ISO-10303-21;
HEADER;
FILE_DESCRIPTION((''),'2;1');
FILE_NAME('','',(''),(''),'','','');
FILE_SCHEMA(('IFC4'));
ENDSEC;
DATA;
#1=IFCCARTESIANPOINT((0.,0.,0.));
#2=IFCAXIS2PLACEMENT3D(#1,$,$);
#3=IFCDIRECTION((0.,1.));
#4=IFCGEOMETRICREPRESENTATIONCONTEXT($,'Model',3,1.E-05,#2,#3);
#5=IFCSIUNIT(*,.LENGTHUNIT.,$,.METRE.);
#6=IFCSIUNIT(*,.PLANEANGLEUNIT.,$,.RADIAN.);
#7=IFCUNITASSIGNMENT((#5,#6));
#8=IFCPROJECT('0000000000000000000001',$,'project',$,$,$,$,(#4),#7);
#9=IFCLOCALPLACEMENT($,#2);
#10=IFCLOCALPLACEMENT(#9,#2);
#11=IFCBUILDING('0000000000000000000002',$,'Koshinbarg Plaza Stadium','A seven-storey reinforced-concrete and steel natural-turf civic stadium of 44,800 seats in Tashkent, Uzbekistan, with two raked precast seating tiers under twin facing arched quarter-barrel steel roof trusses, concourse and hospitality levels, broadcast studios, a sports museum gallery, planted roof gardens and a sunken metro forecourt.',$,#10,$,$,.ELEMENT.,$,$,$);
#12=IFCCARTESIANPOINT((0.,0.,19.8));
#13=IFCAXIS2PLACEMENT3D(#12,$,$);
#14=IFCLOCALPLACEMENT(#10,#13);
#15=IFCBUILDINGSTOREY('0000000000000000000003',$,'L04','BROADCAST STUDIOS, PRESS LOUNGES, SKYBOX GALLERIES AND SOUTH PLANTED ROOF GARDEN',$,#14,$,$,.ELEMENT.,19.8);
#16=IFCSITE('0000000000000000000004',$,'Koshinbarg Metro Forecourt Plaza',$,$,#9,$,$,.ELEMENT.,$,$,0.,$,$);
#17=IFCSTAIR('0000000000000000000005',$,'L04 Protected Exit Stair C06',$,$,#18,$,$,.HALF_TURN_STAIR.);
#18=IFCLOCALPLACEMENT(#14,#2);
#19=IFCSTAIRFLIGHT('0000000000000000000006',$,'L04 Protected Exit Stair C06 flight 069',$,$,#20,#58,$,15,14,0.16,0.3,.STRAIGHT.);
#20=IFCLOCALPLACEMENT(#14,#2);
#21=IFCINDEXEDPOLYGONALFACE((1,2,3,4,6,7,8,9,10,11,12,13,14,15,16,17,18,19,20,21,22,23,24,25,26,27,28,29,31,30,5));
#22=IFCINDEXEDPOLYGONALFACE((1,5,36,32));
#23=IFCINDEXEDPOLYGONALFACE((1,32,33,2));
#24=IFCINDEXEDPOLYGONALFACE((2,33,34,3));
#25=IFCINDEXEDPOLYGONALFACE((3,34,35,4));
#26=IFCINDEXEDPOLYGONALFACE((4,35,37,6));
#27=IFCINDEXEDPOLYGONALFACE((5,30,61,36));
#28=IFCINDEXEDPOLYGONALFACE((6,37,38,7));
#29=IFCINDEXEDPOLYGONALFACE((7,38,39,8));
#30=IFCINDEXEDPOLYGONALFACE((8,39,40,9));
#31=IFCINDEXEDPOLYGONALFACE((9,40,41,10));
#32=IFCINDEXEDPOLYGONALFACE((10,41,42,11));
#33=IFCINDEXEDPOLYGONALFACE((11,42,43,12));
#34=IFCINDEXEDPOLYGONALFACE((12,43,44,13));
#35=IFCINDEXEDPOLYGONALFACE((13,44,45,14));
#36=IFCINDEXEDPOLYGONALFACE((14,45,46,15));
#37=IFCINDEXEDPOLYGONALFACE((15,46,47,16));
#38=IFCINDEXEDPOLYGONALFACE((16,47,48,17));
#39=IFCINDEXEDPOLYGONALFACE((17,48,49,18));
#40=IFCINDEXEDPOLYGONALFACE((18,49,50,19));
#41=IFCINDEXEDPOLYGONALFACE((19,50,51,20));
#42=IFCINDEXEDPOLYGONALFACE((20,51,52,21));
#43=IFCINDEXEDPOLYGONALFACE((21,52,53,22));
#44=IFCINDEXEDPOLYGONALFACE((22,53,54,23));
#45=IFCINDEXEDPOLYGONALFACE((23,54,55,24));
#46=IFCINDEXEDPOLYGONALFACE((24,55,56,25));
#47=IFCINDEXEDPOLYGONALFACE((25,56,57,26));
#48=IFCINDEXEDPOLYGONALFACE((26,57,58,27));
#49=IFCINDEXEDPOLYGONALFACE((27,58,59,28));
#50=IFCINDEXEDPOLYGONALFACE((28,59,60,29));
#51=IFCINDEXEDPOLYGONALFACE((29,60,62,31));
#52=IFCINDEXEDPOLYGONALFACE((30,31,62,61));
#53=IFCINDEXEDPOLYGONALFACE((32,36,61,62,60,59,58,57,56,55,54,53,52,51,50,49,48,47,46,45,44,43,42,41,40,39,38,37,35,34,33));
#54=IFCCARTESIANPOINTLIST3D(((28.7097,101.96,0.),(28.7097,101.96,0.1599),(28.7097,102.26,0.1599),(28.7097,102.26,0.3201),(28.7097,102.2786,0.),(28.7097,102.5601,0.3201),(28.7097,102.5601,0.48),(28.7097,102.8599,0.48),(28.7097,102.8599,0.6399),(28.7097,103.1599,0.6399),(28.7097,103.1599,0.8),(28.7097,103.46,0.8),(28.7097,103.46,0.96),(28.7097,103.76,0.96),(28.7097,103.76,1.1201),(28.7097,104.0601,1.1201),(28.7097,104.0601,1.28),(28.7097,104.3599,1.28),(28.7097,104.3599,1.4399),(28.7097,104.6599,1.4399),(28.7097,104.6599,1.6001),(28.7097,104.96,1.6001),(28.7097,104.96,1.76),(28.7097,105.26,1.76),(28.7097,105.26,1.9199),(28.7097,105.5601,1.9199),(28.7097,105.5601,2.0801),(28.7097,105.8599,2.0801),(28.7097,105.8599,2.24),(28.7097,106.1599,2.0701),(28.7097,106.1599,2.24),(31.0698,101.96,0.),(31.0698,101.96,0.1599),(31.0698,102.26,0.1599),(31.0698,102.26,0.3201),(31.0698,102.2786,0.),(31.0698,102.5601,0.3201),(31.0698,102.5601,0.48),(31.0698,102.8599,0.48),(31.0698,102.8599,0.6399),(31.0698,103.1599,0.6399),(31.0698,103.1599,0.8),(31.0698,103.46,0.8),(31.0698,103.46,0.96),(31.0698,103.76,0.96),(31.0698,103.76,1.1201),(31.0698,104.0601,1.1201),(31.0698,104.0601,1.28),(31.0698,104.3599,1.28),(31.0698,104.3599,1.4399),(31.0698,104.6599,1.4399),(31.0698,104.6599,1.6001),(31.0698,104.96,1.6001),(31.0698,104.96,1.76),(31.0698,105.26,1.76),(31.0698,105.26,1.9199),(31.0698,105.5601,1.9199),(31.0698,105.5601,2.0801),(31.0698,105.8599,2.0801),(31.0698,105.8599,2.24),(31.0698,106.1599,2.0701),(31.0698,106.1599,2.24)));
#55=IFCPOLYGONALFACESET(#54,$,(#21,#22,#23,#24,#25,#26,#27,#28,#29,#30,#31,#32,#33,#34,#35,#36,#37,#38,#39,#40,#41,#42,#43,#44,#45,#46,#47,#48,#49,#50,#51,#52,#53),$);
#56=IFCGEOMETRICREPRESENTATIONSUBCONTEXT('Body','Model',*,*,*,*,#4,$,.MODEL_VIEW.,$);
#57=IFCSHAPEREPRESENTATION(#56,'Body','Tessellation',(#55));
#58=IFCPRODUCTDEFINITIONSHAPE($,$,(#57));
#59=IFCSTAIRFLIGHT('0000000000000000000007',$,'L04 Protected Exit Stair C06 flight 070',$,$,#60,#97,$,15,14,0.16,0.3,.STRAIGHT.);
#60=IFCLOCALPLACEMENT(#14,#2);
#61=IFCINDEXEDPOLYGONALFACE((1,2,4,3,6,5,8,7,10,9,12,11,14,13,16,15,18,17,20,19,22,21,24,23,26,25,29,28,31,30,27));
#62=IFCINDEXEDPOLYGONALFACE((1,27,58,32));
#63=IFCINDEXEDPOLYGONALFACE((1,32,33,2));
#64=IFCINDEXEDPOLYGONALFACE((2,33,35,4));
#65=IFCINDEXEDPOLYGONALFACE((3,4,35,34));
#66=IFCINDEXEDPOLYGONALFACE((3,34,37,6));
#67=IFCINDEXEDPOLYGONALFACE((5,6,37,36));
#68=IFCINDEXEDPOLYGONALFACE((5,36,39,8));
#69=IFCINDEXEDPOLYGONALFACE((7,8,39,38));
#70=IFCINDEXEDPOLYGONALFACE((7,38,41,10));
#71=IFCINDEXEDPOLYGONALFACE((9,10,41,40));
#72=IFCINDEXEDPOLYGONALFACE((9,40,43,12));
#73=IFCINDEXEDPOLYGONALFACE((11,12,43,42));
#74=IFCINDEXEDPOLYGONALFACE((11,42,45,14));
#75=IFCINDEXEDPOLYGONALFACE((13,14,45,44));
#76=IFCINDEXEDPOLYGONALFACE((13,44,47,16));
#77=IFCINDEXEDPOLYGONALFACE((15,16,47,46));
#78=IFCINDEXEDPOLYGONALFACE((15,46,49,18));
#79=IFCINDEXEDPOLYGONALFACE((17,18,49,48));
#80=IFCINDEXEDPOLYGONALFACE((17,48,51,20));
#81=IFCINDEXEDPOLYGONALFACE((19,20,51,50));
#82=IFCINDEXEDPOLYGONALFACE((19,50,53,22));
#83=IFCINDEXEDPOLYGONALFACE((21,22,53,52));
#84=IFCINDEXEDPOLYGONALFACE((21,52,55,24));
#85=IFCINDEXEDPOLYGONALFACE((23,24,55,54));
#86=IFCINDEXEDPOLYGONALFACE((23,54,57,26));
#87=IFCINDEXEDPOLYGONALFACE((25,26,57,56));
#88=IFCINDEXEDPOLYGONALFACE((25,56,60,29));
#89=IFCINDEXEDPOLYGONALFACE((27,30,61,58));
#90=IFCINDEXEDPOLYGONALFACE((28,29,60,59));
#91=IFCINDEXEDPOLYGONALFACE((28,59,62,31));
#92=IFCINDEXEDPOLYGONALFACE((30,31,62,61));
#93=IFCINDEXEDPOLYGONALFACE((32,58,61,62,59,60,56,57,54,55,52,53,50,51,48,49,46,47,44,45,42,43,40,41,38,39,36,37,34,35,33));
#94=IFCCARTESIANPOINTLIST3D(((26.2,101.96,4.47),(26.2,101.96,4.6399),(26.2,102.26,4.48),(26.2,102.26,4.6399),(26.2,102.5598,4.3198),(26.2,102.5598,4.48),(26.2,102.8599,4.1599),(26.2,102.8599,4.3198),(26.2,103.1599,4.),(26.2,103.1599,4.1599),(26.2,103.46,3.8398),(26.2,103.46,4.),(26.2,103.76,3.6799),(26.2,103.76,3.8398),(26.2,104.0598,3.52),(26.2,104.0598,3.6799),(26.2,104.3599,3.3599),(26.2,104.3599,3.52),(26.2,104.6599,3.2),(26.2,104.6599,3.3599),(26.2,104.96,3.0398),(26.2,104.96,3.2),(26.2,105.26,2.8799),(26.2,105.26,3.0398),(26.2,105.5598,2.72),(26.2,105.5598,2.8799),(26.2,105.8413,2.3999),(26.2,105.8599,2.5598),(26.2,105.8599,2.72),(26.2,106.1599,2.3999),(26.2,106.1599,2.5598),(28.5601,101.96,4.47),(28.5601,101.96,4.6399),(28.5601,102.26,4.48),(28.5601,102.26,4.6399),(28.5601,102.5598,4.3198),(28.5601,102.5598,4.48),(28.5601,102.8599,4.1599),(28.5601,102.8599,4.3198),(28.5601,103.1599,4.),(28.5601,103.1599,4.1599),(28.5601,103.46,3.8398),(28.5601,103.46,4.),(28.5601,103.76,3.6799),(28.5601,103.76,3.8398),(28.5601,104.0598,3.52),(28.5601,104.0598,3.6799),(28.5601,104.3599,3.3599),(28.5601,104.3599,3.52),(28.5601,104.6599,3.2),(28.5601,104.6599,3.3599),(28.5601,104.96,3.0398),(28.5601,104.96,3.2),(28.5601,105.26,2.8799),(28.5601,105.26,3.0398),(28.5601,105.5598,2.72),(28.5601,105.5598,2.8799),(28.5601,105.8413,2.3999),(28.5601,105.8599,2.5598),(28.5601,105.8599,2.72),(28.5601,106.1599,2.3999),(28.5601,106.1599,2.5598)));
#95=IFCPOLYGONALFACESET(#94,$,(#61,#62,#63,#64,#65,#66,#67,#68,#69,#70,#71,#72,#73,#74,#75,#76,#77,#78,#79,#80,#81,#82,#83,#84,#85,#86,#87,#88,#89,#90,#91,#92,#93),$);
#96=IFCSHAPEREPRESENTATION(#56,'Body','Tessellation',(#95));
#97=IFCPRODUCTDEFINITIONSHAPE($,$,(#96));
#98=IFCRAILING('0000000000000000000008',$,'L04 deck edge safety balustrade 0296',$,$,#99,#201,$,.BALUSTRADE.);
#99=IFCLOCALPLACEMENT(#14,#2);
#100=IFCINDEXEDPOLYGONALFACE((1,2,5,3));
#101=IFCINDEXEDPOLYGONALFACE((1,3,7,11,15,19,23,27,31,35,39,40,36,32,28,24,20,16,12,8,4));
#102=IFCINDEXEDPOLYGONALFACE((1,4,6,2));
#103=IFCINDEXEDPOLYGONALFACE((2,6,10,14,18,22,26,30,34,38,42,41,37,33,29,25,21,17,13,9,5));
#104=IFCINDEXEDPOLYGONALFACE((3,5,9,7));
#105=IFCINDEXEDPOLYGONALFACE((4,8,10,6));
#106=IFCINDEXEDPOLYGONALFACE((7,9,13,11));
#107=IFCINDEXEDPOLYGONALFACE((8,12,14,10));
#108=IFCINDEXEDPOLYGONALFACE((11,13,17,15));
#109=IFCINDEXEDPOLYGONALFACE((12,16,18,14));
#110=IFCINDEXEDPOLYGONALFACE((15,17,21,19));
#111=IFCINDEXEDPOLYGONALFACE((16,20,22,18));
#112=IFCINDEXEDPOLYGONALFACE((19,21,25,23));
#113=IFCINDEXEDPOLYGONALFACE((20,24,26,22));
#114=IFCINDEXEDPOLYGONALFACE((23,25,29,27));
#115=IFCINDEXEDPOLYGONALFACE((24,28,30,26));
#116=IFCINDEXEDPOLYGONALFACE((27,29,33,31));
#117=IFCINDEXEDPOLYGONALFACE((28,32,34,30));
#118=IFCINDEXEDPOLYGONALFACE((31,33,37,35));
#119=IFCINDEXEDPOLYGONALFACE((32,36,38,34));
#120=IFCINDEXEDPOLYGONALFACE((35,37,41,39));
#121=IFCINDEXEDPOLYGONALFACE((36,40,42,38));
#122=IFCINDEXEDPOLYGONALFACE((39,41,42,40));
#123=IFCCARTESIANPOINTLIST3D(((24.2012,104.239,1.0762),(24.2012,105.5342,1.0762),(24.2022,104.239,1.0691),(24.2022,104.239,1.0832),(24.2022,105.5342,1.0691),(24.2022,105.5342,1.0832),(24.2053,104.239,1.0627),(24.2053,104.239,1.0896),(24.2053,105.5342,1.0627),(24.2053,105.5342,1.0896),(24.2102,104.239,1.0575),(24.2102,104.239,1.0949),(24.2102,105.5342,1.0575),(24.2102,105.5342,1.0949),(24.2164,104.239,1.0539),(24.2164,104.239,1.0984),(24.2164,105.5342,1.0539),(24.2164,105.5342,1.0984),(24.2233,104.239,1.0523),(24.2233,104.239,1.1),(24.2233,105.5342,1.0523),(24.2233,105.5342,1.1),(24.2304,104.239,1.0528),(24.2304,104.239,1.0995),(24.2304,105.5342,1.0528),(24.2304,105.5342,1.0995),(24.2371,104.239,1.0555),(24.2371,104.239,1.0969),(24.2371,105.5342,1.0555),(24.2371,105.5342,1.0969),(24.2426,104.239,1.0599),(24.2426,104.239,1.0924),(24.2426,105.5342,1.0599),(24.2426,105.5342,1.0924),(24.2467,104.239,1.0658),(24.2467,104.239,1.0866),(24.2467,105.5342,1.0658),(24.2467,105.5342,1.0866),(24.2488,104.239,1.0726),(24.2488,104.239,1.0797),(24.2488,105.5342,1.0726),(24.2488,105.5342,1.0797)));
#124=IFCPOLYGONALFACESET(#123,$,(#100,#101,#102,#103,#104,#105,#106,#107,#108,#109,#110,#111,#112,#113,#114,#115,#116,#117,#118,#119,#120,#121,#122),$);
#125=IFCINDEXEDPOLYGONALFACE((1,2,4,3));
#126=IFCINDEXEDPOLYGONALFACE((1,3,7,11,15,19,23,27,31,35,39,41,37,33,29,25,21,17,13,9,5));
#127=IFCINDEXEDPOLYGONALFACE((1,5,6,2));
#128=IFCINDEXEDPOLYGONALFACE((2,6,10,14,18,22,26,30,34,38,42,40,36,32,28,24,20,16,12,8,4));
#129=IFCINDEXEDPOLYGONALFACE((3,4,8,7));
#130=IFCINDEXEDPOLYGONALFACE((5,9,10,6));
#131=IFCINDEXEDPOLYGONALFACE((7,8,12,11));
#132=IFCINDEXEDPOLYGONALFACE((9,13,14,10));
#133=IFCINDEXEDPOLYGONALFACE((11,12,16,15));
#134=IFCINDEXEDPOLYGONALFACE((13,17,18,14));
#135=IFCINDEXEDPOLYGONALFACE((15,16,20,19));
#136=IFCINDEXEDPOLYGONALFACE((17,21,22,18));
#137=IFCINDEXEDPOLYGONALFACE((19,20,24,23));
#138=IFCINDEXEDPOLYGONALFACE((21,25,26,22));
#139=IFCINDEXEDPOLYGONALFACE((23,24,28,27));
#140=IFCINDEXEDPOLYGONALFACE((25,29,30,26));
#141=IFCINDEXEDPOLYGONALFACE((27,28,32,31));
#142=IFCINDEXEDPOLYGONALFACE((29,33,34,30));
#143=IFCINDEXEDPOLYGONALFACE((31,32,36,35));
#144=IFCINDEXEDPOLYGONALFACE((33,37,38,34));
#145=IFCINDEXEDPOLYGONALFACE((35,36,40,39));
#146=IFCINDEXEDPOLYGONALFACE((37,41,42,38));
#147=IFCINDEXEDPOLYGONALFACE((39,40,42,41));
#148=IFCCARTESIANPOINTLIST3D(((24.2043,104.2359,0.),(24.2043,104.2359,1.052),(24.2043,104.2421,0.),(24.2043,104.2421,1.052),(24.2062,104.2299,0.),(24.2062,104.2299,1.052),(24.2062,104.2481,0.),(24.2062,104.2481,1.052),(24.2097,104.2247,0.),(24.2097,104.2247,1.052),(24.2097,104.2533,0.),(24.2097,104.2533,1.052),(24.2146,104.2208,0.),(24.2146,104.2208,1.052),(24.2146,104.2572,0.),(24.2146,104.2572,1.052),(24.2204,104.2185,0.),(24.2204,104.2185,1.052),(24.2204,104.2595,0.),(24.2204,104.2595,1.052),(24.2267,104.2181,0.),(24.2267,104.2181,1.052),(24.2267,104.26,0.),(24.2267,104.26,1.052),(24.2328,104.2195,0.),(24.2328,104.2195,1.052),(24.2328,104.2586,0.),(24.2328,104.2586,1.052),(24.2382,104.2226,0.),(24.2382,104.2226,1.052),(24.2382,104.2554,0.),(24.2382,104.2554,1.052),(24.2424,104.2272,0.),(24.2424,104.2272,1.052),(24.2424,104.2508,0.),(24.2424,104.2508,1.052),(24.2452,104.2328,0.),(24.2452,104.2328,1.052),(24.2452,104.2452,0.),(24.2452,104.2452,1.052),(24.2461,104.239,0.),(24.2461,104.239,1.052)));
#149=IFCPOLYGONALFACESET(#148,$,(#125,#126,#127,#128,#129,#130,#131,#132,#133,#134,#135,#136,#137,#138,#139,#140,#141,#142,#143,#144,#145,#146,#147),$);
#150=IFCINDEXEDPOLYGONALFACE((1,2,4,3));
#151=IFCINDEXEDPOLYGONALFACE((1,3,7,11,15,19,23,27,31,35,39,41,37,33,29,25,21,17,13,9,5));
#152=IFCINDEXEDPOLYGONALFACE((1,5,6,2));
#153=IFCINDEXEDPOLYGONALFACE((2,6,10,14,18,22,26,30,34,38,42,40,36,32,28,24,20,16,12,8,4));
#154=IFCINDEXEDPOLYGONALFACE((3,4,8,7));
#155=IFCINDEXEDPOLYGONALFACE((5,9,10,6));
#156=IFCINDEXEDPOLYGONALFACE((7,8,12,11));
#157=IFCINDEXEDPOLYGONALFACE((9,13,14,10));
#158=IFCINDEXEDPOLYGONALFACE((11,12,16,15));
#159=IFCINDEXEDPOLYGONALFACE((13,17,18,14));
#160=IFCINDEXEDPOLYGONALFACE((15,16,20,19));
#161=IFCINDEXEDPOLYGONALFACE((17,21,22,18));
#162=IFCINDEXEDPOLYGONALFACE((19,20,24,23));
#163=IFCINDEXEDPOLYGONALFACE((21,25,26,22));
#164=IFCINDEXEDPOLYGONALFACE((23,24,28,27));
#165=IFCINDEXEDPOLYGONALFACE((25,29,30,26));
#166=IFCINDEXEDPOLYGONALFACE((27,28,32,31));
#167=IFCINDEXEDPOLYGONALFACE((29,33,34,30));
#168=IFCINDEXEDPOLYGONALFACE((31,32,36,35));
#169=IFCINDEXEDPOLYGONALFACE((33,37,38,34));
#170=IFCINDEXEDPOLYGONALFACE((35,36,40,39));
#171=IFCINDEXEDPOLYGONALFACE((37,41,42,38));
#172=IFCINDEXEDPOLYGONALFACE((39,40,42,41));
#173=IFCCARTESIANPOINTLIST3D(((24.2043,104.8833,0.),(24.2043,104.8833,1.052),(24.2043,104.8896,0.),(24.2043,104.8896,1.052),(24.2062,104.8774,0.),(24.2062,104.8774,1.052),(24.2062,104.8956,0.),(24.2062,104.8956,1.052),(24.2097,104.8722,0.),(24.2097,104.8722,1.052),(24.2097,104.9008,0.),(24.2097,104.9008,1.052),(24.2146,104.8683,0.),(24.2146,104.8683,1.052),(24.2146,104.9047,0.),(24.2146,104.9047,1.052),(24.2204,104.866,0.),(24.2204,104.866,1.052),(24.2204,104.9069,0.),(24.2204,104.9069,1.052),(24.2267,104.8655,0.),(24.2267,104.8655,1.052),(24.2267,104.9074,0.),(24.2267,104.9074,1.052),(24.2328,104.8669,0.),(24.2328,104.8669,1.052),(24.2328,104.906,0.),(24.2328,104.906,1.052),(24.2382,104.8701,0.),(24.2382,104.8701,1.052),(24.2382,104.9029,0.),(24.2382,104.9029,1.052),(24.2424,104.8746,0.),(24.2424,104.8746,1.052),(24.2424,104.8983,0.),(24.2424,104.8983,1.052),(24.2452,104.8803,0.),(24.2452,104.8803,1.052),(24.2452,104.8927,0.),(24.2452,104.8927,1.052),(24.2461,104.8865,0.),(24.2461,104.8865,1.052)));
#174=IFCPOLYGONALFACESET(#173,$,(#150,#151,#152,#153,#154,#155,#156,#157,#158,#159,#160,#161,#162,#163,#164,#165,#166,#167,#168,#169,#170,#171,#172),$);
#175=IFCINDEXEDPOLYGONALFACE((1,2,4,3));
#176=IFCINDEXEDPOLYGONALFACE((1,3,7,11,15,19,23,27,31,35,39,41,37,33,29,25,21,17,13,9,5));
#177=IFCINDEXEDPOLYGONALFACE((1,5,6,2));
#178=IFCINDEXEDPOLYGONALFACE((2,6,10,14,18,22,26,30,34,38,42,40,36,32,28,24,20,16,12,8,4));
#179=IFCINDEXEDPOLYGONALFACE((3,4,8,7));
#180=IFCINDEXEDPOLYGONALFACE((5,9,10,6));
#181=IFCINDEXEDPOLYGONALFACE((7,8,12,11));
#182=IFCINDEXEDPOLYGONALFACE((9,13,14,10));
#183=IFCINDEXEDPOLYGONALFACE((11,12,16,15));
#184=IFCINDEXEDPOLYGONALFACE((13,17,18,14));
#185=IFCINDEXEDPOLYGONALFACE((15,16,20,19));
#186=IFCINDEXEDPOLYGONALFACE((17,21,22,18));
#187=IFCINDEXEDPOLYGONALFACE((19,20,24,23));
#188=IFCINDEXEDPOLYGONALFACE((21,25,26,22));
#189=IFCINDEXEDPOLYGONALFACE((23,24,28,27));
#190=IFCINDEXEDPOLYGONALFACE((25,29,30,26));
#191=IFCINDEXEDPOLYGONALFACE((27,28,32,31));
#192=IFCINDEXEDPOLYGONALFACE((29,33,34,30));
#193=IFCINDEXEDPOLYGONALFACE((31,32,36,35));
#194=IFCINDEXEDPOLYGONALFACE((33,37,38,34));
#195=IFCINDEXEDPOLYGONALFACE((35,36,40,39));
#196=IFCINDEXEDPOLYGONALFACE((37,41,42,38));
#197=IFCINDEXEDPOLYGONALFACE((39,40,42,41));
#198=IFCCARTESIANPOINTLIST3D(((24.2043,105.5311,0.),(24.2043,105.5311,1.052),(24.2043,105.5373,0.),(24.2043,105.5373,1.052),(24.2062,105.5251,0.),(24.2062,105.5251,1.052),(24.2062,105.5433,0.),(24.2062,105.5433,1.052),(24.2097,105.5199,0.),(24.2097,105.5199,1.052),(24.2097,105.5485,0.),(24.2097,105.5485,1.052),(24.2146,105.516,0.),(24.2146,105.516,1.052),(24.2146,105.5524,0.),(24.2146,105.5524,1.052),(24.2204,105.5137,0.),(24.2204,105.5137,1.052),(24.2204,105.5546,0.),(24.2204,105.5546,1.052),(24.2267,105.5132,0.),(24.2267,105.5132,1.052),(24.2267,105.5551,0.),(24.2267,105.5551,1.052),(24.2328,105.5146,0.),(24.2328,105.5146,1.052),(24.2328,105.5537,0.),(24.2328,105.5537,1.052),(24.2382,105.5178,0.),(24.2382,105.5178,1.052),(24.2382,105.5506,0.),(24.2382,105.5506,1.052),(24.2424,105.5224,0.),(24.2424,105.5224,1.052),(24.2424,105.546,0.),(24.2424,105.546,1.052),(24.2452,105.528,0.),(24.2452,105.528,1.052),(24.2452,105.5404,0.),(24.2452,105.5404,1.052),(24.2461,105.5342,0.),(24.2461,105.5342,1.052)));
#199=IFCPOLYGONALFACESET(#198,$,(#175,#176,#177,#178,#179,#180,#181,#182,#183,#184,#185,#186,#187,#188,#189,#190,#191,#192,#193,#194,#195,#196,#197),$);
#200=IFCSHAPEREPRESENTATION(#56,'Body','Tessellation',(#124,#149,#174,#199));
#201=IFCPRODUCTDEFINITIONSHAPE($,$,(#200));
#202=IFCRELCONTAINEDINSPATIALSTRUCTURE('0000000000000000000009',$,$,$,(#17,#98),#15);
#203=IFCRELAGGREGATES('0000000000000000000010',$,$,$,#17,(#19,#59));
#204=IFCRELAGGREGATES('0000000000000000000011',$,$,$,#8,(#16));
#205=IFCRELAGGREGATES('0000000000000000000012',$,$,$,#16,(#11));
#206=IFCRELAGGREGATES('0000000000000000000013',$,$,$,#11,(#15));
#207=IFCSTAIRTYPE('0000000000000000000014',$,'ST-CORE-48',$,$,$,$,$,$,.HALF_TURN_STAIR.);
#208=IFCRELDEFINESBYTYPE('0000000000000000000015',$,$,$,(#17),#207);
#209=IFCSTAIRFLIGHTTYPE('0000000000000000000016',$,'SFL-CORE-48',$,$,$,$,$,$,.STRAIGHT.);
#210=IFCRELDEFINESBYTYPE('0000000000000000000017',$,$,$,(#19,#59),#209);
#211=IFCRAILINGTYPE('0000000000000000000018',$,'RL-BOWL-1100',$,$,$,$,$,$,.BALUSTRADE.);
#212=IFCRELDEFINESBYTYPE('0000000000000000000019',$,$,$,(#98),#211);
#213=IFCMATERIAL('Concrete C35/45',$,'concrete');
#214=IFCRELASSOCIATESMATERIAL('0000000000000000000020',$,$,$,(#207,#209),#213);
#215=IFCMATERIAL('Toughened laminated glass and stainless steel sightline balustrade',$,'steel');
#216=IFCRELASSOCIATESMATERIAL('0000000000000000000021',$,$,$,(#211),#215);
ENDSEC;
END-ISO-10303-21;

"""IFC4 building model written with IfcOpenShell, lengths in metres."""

from ifc_helpers import new_model, si_unit, direction, frame, origin, origin_2d, place, context, subcontext, project, spatial, polyline, circle, outline, extrude, material, type_object, element, aggregate, save


model = new_model("IFC4")

# Units and contexts
model_context = context("Model", 3, precision=1e-05, world=origin(), true_north=direction((0.0, 1.0)))
body_context = subcontext(model_context, "Body", "Model", "MODEL_VIEW")
ifc_project = project(units=[si_unit("LENGTHUNIT", "METRE"), si_unit("PLANEANGLEUNIT", "RADIAN")], contexts=[model_context])

# Site, building, storey
site_placement = place(None, origin())
site = spatial("IfcSite", under=ifc_project, at=site_placement, Name="Koshinbarg Metro Forecourt Plaza", CompositionType="ELEMENT", RefElevation=0.0)
building_placement = place(site_placement, origin())
building = spatial("IfcBuilding", under=site, at=building_placement, Name="Koshinbarg Plaza Stadium", Description="A seven-storey reinforced-concrete and steel natural-turf civic stadium of 44,800 seats in Tashkent, Uzbekistan, with two raked precast seating tiers under twin facing arched quarter-barrel steel roof trusses, concourse and hospitality levels, broadcast studios, a sports museum gallery, planted roof gardens and a sunken metro forecourt.", CompositionType="ELEMENT")
storey_placement = place(building_placement, frame((0.0, 0.0, 19.8)))
storey = spatial("IfcBuildingStorey", under=building, at=storey_placement, Name="L04", Description="BROADCAST STUDIOS, PRESS LOUNGES, SKYBOX GALLERIES AND SOUTH PLANTED ROOF GARDEN", CompositionType="ELEMENT", Elevation=19.8)

# Stair, stair flights
ifc_material_1 = material(Name="Concrete C35/45", Category="concrete")
stair_type = type_object("IfcStairType", Name="ST-CORE-48", PredefinedType="HALF_TURN_STAIR", material=ifc_material_1)
stair_placement = place(storey_placement, origin())
stair = element("IfcStair", 1, at=stair_placement, inside=storey, type_object=stair_type, Name="L04 Protected Exit Stair C06", PredefinedType="HALF_TURN_STAIR")
stair_flight_type = type_object("IfcStairFlightType", Name="SFL-CORE-48", PredefinedType="STRAIGHT", material=ifc_material_1)
stair_flight_1_placement = place(storey_placement, frame((29.8899, 101.96, 0.0), z_axis=(0.0, 0.0, 1.0), x_axis=(0.0, 1.0, 0.0)))
stair_flight_1 = element("IfcStairFlight", 2, at=stair_flight_1_placement, type_object=stair_flight_type, Name="L04 Protected Exit Stair C06 flight 069", NumberOfRisers=15, NumberOfTreads=14, PredefinedType="STRAIGHT", RiserHeight=0.16, TreadLength=0.3, context=body_context, shape_type="SweptSolid", body=[
    extrude(outline(polyline([(0.0, 0.0), (0.0, 0.1599), (0.3, 0.1599), (0.3, 0.3201), (0.6001, 0.3201), (0.6001, 0.48), (0.8999, 0.48), (0.8999, 0.6399), (1.2, 0.6399), (1.2, 0.8), (1.5, 0.8), (1.5, 0.96), (1.8, 0.96), (1.8, 1.1201), (2.1001, 1.1201), (2.1001, 1.28), (2.3999, 1.28), (2.3999, 1.4399), (2.7, 1.4399), (2.7, 1.6001), (3.0, 1.6001), (3.0, 1.76), (3.3, 1.76), (3.3, 1.9199), (3.6001, 1.9199), (3.6001, 2.0801), (3.8999, 2.0801), (3.8999, 2.24), (4.2, 2.24), (4.2, 2.3999), (4.2, 2.0701), (0.3186, 0.0), (0.0, 0.0)])), frame((0.0, 1.1802, 0.0), z_axis=(0.0, -1.0, 0.0), x_axis=(1.0, 0.0, 0.0)), (0.0, 0.0, 1.0), 2.3601),
])
stair_flight_2_placement = place(storey_placement, frame((27.3799, 106.1599, 2.3999), z_axis=(0.0, 0.0, 1.0), x_axis=(0.0, -1.0, 0.0)))
stair_flight_2 = element("IfcStairFlight", 3, at=stair_flight_2_placement, type_object=stair_flight_type, Name="L04 Protected Exit Stair C06 flight 070", NumberOfRisers=15, NumberOfTreads=14, PredefinedType="STRAIGHT", RiserHeight=0.16, TreadLength=0.3, context=body_context, shape_type="SweptSolid", body=[
    extrude(outline(polyline([(0.0, 0.0), (0.0, 0.1599), (0.3, 0.1599), (0.3, 0.3201), (0.6001, 0.3201), (0.6001, 0.48), (0.8999, 0.48), (0.8999, 0.6399), (1.2, 0.6399), (1.2, 0.8), (1.5, 0.8), (1.5, 0.96), (1.8, 0.96), (1.8, 1.1201), (2.1001, 1.1201), (2.1001, 1.28), (2.3999, 1.28), (2.3999, 1.4399), (2.7, 1.4399), (2.7, 1.6001), (3.0, 1.6001), (3.0, 1.76), (3.3, 1.76), (3.3, 1.9199), (3.6001, 1.9199), (3.6001, 2.0801), (3.8999, 2.0801), (3.8999, 2.24), (4.2, 2.24), (4.2, 2.3999), (4.2, 2.0701), (0.3186, 0.0), (0.0, 0.0)])), frame((0.0, 1.1802, 0.0), z_axis=(0.0, -1.0, 0.0), x_axis=(1.0, 0.0, 0.0)), (0.0, 0.0, 1.0), 2.3601),
])
aggregate(stair, [stair_flight_1, stair_flight_2])

# Railing
ifc_material_2 = material(Name="Toughened laminated glass and stainless steel sightline balustrade", Category="steel")
railing_type_1 = type_object("IfcRailingType", Name="RL-BOWL-1100", PredefinedType="BALUSTRADE", material=ifc_material_2)
railing_1_placement = place(storey_placement, frame((24.2251, 104.239, 0.0)))
element("IfcRailing", 4, at=railing_1_placement, inside=storey, type_object=railing_type_1, Name="L04 deck edge safety balustrade 0296", PredefinedType="BALUSTRADE", context=body_context, shape_type="SweptSolid", body=[
    extrude(circle(Radius=0.0239, at=origin_2d()), frame((0.0, 0.0, 1.0762), z_axis=(0.0, 1.0, 0.0), x_axis=(-1.0, 0.0, 0.0)), (0.0, 0.0, 1.0), 1.2952),
    extrude(circle(Radius=0.021, at=origin_2d()), origin(), (0.0, 0.0, 1.0), 1.052),
    extrude(circle(Radius=0.021, at=origin_2d()), frame((0.0, 0.6475, 0.0)), (0.0, 0.0, 1.0), 1.052),
    extrude(circle(Radius=0.021, at=origin_2d()), frame((0.0, 1.2952, 0.0)), (0.0, 0.0, 1.0), 1.052),
])

save(model, "model.ifc")
